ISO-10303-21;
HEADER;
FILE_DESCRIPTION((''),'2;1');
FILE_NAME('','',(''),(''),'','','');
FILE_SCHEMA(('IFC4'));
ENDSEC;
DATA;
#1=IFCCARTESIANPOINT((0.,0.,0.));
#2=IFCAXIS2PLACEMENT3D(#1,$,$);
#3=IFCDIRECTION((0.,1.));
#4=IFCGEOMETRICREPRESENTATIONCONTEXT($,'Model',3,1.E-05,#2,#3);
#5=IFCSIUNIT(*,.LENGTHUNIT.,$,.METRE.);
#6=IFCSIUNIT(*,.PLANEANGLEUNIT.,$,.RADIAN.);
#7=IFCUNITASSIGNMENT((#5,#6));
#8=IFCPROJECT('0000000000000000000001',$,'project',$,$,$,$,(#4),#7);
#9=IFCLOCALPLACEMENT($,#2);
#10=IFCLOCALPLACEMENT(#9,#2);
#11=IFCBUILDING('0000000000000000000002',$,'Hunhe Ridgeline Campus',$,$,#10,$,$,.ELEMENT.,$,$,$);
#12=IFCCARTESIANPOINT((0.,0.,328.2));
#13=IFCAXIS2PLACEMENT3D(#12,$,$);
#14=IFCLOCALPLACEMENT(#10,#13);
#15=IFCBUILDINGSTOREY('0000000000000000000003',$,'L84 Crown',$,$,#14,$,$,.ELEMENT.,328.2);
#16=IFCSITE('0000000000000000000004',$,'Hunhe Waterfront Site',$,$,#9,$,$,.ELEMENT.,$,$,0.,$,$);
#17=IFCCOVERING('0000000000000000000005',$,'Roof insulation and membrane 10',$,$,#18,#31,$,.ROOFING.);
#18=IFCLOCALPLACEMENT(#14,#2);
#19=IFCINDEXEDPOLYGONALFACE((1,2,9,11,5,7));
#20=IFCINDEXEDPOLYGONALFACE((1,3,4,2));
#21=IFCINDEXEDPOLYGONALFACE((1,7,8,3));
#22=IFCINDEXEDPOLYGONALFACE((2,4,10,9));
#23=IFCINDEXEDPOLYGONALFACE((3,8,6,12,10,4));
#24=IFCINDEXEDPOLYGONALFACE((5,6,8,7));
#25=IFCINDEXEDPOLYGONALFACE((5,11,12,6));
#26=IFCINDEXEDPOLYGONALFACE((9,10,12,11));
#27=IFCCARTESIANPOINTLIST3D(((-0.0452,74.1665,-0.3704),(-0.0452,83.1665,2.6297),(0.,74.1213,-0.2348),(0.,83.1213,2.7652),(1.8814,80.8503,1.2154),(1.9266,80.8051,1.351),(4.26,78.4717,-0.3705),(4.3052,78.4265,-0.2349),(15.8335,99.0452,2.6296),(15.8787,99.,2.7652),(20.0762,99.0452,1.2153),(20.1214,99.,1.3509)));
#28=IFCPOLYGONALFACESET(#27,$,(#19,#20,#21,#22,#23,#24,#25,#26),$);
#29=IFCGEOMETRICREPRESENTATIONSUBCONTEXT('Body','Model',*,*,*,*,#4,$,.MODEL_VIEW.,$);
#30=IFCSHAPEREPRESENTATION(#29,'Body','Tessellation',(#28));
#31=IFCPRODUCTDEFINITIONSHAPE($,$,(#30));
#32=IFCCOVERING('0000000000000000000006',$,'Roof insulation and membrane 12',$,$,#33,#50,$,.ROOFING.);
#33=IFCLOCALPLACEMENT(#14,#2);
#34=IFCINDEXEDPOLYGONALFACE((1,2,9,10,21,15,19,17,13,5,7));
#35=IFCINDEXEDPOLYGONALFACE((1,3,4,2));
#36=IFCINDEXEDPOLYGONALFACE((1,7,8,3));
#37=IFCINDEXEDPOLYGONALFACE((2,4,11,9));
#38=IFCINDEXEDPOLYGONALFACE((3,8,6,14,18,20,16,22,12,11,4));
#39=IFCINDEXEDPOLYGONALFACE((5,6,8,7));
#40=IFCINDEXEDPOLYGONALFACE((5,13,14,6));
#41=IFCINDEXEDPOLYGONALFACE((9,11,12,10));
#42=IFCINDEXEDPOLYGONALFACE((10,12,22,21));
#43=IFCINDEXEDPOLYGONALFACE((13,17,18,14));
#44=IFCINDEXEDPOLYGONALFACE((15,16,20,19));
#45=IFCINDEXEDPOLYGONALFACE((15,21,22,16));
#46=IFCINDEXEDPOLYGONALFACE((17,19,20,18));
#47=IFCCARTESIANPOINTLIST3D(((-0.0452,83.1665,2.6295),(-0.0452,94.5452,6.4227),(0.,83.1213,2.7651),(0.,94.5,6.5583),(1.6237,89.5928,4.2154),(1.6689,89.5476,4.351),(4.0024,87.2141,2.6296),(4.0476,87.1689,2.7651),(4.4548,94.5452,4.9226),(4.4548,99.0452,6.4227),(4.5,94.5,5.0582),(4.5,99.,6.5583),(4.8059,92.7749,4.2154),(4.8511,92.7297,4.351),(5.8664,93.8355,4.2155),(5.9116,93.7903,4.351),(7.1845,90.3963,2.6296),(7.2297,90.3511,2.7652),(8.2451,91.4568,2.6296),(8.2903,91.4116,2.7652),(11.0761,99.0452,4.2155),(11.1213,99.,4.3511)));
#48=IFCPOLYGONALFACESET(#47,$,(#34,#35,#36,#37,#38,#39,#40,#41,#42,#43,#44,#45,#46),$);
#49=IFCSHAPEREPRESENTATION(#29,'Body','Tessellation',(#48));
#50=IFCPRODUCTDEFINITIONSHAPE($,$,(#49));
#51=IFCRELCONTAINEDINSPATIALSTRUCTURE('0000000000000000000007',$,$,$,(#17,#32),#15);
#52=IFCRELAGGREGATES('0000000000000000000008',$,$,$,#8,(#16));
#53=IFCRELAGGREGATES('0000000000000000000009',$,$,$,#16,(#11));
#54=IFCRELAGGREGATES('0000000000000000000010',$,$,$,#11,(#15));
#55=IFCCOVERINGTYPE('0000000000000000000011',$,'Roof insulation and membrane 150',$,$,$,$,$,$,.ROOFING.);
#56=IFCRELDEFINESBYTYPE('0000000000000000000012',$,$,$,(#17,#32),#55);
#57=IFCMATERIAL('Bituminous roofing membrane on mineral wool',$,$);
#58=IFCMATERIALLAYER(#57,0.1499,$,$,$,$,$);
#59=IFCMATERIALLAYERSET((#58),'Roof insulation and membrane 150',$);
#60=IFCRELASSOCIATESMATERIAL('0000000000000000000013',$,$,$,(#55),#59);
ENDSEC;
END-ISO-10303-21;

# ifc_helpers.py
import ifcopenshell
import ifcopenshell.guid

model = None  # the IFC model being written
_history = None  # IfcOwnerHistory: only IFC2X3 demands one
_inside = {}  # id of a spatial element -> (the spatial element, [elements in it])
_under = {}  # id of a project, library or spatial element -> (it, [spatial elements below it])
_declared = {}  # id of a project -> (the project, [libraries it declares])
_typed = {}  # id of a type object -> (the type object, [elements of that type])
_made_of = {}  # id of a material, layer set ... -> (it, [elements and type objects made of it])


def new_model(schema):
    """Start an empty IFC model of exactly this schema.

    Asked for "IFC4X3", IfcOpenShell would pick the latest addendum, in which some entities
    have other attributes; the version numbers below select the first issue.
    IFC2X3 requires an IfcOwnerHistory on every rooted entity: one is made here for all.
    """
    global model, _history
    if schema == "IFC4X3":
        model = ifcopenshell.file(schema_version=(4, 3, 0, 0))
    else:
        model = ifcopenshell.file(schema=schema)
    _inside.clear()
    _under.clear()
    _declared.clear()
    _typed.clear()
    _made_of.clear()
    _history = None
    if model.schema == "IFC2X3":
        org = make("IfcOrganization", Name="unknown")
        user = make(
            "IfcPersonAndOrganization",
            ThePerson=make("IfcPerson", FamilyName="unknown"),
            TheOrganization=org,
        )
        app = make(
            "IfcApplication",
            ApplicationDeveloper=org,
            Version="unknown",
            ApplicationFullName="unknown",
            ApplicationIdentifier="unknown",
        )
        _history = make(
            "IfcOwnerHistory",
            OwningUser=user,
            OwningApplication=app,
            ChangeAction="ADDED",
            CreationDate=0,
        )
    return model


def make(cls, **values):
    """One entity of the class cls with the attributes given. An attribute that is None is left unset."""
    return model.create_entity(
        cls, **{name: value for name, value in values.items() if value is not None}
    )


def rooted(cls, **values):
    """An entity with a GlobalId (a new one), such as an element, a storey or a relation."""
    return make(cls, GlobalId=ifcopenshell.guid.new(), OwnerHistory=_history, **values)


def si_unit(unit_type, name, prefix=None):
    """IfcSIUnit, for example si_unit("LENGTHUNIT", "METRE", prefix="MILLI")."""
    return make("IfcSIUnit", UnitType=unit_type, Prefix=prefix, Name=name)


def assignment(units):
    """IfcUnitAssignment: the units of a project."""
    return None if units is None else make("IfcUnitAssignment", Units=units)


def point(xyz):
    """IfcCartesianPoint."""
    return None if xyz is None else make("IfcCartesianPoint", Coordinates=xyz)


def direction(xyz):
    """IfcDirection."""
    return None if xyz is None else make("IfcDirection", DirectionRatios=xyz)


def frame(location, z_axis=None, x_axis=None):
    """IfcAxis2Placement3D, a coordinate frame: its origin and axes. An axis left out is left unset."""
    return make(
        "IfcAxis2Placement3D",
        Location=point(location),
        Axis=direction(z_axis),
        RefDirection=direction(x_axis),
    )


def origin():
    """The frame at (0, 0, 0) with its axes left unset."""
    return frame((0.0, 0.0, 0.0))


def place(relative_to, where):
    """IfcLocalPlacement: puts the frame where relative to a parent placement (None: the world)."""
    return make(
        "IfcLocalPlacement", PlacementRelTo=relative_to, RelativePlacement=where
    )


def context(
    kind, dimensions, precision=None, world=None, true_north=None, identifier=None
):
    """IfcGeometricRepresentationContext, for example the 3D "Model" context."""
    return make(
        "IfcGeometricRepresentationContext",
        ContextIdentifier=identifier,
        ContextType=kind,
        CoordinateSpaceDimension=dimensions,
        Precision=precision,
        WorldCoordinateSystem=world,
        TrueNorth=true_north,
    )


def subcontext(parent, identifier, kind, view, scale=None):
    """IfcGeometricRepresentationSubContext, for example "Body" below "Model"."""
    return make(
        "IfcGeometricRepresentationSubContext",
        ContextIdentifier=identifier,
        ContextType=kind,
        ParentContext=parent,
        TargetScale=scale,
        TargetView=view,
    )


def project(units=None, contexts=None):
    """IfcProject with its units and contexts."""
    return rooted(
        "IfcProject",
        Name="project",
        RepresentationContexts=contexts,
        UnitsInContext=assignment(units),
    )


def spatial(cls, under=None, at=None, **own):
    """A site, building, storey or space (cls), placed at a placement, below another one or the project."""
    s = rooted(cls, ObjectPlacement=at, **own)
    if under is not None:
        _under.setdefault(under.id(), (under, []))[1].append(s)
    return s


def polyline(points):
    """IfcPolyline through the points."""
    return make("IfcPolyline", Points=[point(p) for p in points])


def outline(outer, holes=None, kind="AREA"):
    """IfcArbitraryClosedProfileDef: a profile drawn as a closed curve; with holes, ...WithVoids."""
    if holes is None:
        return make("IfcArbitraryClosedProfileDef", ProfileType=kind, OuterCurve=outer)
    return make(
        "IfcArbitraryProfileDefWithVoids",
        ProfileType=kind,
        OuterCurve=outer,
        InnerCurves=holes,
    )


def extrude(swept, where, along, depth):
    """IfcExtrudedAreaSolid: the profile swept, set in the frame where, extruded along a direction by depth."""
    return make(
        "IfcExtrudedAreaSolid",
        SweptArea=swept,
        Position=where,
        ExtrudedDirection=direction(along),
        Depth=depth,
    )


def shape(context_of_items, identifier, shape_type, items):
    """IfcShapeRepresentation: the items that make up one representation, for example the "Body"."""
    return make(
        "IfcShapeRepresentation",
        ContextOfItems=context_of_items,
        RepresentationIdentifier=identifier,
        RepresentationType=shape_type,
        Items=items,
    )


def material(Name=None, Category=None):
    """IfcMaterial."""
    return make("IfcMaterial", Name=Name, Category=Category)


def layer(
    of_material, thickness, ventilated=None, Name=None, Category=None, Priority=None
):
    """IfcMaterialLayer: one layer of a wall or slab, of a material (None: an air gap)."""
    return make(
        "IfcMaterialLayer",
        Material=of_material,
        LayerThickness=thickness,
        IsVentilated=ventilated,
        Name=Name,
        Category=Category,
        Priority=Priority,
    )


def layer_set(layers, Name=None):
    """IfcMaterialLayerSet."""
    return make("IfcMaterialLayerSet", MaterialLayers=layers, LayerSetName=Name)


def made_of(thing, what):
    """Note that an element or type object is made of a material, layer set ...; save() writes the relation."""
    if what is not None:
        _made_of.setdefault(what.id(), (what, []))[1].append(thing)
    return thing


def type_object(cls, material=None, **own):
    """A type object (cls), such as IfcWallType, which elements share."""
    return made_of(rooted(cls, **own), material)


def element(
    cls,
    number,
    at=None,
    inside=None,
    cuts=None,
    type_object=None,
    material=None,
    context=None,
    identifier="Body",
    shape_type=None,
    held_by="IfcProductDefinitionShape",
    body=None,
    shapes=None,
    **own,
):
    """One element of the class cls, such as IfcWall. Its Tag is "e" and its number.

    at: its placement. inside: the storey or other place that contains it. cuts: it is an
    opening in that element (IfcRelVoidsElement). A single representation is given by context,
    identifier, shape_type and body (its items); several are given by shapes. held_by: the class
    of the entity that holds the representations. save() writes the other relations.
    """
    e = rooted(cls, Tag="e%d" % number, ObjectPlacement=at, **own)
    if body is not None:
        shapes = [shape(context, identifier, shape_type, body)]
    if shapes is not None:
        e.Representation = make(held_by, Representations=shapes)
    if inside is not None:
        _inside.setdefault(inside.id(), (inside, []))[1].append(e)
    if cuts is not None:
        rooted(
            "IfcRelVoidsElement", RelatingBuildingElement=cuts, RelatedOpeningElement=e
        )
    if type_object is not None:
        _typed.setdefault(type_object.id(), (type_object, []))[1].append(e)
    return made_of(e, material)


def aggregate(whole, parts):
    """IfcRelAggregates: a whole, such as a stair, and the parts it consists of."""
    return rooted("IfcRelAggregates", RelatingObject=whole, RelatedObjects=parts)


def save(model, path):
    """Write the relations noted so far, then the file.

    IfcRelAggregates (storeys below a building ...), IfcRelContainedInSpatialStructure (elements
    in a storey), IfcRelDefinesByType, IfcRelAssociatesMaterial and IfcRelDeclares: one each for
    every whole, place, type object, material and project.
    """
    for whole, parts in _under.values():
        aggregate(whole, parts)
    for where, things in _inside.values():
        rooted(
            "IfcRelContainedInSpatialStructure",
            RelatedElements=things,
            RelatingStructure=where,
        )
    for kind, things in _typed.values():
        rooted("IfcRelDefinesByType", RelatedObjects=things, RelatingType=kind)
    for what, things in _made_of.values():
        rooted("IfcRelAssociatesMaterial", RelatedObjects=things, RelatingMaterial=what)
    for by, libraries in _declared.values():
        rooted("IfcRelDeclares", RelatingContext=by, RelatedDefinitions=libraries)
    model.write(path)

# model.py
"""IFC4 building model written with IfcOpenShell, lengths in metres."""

from ifc_helpers import new_model, si_unit, direction, frame, origin, place, context, subcontext, project, spatial, polyline, outline, extrude, material, layer, layer_set, type_object, element, save


model = new_model("IFC4")

# Units and contexts
model_context = context("Model", 3, precision=1e-05, world=origin(), true_north=direction((0.0, 1.0)))
body_context = subcontext(model_context, "Body", "Model", "MODEL_VIEW")
ifc_project = project(units=[si_unit("LENGTHUNIT", "METRE"), si_unit("PLANEANGLEUNIT", "RADIAN")], contexts=[model_context])

# Site, building, storey
site_placement = place(None, origin())
site = spatial("IfcSite", under=ifc_project, at=site_placement, Name="Hunhe Waterfront Site", CompositionType="ELEMENT", RefElevation=0.0)
building_placement = place(site_placement, origin())
building = spatial("IfcBuilding", under=site, at=building_placement, Name="Hunhe Ridgeline Campus", CompositionType="ELEMENT")
storey_placement = place(building_placement, frame((0.0, 0.0, 328.2)))
storey = spatial("IfcBuildingStorey", under=building, at=storey_placement, Name="L84 Crown", CompositionType="ELEMENT", Elevation=328.2)

# Coverings
ifc_material_1 = material(Name="Bituminous roofing membrane on mineral wool")
ifc_layer_1 = layer(ifc_material_1, 0.1499)
ifc_layer_set_1 = layer_set([ifc_layer_1], Name="Roof insulation and membrane 150")
covering_type = type_object("IfcCoveringType", Name="Roof insulation and membrane 150", PredefinedType="ROOFING", material=ifc_layer_set_1)
covering_1_placement = place(storey_placement, frame((4.3052, 78.4265, -0.2349), z_axis=(0.301524, -0.301521, 0.904526), x_axis=(-0.639597, 0.639597, 0.426417)))
element("IfcCovering", 1, at=covering_1_placement, inside=storey, type_object=covering_type, Name="Roof insulation and membrane 10", PredefinedType="ROOFING", context=body_context, shape_type="SweptSolid", body=[
    extrude(outline(polyline([(0.0, 0.0), (3.7189, 0.0), (3.7189, -25.7314), (7.0356, -22.7313), (7.0356, -0.2755), (0.0, 6.0884), (0.0, 0.0)])), origin(), (0.0, 0.0, -1.0), 0.1499),
])
covering_2_placement = place(storey_placement, frame((0.0, 83.1213, 2.7651), z_axis=(0.301526, -0.301528, 0.904524), x_axis=(0.707107, 0.707106, 0.000001)))
element("IfcCovering", 2, at=covering_2_placement, inside=storey, type_object=covering_type, Name="Roof insulation and membrane 12", PredefinedType="ROOFING", context=body_context, shape_type="SweptSolid", body=[
    extrude(outline(polyline([(0.0, 0.0), (5.7242, 0.0), (5.7242, 3.719), (10.2244, 3.719), (10.2244, 0.0), (11.7242, 0.0), (11.7242, 3.719), (19.0919, 3.719), (14.4099, 8.8952), (11.2279, 5.3773), (8.0459, 8.8952), (0.0, 0.0)])), origin(), (0.0, 0.0, -1.0), 0.1499),
])

save(model, "model.ifc")
